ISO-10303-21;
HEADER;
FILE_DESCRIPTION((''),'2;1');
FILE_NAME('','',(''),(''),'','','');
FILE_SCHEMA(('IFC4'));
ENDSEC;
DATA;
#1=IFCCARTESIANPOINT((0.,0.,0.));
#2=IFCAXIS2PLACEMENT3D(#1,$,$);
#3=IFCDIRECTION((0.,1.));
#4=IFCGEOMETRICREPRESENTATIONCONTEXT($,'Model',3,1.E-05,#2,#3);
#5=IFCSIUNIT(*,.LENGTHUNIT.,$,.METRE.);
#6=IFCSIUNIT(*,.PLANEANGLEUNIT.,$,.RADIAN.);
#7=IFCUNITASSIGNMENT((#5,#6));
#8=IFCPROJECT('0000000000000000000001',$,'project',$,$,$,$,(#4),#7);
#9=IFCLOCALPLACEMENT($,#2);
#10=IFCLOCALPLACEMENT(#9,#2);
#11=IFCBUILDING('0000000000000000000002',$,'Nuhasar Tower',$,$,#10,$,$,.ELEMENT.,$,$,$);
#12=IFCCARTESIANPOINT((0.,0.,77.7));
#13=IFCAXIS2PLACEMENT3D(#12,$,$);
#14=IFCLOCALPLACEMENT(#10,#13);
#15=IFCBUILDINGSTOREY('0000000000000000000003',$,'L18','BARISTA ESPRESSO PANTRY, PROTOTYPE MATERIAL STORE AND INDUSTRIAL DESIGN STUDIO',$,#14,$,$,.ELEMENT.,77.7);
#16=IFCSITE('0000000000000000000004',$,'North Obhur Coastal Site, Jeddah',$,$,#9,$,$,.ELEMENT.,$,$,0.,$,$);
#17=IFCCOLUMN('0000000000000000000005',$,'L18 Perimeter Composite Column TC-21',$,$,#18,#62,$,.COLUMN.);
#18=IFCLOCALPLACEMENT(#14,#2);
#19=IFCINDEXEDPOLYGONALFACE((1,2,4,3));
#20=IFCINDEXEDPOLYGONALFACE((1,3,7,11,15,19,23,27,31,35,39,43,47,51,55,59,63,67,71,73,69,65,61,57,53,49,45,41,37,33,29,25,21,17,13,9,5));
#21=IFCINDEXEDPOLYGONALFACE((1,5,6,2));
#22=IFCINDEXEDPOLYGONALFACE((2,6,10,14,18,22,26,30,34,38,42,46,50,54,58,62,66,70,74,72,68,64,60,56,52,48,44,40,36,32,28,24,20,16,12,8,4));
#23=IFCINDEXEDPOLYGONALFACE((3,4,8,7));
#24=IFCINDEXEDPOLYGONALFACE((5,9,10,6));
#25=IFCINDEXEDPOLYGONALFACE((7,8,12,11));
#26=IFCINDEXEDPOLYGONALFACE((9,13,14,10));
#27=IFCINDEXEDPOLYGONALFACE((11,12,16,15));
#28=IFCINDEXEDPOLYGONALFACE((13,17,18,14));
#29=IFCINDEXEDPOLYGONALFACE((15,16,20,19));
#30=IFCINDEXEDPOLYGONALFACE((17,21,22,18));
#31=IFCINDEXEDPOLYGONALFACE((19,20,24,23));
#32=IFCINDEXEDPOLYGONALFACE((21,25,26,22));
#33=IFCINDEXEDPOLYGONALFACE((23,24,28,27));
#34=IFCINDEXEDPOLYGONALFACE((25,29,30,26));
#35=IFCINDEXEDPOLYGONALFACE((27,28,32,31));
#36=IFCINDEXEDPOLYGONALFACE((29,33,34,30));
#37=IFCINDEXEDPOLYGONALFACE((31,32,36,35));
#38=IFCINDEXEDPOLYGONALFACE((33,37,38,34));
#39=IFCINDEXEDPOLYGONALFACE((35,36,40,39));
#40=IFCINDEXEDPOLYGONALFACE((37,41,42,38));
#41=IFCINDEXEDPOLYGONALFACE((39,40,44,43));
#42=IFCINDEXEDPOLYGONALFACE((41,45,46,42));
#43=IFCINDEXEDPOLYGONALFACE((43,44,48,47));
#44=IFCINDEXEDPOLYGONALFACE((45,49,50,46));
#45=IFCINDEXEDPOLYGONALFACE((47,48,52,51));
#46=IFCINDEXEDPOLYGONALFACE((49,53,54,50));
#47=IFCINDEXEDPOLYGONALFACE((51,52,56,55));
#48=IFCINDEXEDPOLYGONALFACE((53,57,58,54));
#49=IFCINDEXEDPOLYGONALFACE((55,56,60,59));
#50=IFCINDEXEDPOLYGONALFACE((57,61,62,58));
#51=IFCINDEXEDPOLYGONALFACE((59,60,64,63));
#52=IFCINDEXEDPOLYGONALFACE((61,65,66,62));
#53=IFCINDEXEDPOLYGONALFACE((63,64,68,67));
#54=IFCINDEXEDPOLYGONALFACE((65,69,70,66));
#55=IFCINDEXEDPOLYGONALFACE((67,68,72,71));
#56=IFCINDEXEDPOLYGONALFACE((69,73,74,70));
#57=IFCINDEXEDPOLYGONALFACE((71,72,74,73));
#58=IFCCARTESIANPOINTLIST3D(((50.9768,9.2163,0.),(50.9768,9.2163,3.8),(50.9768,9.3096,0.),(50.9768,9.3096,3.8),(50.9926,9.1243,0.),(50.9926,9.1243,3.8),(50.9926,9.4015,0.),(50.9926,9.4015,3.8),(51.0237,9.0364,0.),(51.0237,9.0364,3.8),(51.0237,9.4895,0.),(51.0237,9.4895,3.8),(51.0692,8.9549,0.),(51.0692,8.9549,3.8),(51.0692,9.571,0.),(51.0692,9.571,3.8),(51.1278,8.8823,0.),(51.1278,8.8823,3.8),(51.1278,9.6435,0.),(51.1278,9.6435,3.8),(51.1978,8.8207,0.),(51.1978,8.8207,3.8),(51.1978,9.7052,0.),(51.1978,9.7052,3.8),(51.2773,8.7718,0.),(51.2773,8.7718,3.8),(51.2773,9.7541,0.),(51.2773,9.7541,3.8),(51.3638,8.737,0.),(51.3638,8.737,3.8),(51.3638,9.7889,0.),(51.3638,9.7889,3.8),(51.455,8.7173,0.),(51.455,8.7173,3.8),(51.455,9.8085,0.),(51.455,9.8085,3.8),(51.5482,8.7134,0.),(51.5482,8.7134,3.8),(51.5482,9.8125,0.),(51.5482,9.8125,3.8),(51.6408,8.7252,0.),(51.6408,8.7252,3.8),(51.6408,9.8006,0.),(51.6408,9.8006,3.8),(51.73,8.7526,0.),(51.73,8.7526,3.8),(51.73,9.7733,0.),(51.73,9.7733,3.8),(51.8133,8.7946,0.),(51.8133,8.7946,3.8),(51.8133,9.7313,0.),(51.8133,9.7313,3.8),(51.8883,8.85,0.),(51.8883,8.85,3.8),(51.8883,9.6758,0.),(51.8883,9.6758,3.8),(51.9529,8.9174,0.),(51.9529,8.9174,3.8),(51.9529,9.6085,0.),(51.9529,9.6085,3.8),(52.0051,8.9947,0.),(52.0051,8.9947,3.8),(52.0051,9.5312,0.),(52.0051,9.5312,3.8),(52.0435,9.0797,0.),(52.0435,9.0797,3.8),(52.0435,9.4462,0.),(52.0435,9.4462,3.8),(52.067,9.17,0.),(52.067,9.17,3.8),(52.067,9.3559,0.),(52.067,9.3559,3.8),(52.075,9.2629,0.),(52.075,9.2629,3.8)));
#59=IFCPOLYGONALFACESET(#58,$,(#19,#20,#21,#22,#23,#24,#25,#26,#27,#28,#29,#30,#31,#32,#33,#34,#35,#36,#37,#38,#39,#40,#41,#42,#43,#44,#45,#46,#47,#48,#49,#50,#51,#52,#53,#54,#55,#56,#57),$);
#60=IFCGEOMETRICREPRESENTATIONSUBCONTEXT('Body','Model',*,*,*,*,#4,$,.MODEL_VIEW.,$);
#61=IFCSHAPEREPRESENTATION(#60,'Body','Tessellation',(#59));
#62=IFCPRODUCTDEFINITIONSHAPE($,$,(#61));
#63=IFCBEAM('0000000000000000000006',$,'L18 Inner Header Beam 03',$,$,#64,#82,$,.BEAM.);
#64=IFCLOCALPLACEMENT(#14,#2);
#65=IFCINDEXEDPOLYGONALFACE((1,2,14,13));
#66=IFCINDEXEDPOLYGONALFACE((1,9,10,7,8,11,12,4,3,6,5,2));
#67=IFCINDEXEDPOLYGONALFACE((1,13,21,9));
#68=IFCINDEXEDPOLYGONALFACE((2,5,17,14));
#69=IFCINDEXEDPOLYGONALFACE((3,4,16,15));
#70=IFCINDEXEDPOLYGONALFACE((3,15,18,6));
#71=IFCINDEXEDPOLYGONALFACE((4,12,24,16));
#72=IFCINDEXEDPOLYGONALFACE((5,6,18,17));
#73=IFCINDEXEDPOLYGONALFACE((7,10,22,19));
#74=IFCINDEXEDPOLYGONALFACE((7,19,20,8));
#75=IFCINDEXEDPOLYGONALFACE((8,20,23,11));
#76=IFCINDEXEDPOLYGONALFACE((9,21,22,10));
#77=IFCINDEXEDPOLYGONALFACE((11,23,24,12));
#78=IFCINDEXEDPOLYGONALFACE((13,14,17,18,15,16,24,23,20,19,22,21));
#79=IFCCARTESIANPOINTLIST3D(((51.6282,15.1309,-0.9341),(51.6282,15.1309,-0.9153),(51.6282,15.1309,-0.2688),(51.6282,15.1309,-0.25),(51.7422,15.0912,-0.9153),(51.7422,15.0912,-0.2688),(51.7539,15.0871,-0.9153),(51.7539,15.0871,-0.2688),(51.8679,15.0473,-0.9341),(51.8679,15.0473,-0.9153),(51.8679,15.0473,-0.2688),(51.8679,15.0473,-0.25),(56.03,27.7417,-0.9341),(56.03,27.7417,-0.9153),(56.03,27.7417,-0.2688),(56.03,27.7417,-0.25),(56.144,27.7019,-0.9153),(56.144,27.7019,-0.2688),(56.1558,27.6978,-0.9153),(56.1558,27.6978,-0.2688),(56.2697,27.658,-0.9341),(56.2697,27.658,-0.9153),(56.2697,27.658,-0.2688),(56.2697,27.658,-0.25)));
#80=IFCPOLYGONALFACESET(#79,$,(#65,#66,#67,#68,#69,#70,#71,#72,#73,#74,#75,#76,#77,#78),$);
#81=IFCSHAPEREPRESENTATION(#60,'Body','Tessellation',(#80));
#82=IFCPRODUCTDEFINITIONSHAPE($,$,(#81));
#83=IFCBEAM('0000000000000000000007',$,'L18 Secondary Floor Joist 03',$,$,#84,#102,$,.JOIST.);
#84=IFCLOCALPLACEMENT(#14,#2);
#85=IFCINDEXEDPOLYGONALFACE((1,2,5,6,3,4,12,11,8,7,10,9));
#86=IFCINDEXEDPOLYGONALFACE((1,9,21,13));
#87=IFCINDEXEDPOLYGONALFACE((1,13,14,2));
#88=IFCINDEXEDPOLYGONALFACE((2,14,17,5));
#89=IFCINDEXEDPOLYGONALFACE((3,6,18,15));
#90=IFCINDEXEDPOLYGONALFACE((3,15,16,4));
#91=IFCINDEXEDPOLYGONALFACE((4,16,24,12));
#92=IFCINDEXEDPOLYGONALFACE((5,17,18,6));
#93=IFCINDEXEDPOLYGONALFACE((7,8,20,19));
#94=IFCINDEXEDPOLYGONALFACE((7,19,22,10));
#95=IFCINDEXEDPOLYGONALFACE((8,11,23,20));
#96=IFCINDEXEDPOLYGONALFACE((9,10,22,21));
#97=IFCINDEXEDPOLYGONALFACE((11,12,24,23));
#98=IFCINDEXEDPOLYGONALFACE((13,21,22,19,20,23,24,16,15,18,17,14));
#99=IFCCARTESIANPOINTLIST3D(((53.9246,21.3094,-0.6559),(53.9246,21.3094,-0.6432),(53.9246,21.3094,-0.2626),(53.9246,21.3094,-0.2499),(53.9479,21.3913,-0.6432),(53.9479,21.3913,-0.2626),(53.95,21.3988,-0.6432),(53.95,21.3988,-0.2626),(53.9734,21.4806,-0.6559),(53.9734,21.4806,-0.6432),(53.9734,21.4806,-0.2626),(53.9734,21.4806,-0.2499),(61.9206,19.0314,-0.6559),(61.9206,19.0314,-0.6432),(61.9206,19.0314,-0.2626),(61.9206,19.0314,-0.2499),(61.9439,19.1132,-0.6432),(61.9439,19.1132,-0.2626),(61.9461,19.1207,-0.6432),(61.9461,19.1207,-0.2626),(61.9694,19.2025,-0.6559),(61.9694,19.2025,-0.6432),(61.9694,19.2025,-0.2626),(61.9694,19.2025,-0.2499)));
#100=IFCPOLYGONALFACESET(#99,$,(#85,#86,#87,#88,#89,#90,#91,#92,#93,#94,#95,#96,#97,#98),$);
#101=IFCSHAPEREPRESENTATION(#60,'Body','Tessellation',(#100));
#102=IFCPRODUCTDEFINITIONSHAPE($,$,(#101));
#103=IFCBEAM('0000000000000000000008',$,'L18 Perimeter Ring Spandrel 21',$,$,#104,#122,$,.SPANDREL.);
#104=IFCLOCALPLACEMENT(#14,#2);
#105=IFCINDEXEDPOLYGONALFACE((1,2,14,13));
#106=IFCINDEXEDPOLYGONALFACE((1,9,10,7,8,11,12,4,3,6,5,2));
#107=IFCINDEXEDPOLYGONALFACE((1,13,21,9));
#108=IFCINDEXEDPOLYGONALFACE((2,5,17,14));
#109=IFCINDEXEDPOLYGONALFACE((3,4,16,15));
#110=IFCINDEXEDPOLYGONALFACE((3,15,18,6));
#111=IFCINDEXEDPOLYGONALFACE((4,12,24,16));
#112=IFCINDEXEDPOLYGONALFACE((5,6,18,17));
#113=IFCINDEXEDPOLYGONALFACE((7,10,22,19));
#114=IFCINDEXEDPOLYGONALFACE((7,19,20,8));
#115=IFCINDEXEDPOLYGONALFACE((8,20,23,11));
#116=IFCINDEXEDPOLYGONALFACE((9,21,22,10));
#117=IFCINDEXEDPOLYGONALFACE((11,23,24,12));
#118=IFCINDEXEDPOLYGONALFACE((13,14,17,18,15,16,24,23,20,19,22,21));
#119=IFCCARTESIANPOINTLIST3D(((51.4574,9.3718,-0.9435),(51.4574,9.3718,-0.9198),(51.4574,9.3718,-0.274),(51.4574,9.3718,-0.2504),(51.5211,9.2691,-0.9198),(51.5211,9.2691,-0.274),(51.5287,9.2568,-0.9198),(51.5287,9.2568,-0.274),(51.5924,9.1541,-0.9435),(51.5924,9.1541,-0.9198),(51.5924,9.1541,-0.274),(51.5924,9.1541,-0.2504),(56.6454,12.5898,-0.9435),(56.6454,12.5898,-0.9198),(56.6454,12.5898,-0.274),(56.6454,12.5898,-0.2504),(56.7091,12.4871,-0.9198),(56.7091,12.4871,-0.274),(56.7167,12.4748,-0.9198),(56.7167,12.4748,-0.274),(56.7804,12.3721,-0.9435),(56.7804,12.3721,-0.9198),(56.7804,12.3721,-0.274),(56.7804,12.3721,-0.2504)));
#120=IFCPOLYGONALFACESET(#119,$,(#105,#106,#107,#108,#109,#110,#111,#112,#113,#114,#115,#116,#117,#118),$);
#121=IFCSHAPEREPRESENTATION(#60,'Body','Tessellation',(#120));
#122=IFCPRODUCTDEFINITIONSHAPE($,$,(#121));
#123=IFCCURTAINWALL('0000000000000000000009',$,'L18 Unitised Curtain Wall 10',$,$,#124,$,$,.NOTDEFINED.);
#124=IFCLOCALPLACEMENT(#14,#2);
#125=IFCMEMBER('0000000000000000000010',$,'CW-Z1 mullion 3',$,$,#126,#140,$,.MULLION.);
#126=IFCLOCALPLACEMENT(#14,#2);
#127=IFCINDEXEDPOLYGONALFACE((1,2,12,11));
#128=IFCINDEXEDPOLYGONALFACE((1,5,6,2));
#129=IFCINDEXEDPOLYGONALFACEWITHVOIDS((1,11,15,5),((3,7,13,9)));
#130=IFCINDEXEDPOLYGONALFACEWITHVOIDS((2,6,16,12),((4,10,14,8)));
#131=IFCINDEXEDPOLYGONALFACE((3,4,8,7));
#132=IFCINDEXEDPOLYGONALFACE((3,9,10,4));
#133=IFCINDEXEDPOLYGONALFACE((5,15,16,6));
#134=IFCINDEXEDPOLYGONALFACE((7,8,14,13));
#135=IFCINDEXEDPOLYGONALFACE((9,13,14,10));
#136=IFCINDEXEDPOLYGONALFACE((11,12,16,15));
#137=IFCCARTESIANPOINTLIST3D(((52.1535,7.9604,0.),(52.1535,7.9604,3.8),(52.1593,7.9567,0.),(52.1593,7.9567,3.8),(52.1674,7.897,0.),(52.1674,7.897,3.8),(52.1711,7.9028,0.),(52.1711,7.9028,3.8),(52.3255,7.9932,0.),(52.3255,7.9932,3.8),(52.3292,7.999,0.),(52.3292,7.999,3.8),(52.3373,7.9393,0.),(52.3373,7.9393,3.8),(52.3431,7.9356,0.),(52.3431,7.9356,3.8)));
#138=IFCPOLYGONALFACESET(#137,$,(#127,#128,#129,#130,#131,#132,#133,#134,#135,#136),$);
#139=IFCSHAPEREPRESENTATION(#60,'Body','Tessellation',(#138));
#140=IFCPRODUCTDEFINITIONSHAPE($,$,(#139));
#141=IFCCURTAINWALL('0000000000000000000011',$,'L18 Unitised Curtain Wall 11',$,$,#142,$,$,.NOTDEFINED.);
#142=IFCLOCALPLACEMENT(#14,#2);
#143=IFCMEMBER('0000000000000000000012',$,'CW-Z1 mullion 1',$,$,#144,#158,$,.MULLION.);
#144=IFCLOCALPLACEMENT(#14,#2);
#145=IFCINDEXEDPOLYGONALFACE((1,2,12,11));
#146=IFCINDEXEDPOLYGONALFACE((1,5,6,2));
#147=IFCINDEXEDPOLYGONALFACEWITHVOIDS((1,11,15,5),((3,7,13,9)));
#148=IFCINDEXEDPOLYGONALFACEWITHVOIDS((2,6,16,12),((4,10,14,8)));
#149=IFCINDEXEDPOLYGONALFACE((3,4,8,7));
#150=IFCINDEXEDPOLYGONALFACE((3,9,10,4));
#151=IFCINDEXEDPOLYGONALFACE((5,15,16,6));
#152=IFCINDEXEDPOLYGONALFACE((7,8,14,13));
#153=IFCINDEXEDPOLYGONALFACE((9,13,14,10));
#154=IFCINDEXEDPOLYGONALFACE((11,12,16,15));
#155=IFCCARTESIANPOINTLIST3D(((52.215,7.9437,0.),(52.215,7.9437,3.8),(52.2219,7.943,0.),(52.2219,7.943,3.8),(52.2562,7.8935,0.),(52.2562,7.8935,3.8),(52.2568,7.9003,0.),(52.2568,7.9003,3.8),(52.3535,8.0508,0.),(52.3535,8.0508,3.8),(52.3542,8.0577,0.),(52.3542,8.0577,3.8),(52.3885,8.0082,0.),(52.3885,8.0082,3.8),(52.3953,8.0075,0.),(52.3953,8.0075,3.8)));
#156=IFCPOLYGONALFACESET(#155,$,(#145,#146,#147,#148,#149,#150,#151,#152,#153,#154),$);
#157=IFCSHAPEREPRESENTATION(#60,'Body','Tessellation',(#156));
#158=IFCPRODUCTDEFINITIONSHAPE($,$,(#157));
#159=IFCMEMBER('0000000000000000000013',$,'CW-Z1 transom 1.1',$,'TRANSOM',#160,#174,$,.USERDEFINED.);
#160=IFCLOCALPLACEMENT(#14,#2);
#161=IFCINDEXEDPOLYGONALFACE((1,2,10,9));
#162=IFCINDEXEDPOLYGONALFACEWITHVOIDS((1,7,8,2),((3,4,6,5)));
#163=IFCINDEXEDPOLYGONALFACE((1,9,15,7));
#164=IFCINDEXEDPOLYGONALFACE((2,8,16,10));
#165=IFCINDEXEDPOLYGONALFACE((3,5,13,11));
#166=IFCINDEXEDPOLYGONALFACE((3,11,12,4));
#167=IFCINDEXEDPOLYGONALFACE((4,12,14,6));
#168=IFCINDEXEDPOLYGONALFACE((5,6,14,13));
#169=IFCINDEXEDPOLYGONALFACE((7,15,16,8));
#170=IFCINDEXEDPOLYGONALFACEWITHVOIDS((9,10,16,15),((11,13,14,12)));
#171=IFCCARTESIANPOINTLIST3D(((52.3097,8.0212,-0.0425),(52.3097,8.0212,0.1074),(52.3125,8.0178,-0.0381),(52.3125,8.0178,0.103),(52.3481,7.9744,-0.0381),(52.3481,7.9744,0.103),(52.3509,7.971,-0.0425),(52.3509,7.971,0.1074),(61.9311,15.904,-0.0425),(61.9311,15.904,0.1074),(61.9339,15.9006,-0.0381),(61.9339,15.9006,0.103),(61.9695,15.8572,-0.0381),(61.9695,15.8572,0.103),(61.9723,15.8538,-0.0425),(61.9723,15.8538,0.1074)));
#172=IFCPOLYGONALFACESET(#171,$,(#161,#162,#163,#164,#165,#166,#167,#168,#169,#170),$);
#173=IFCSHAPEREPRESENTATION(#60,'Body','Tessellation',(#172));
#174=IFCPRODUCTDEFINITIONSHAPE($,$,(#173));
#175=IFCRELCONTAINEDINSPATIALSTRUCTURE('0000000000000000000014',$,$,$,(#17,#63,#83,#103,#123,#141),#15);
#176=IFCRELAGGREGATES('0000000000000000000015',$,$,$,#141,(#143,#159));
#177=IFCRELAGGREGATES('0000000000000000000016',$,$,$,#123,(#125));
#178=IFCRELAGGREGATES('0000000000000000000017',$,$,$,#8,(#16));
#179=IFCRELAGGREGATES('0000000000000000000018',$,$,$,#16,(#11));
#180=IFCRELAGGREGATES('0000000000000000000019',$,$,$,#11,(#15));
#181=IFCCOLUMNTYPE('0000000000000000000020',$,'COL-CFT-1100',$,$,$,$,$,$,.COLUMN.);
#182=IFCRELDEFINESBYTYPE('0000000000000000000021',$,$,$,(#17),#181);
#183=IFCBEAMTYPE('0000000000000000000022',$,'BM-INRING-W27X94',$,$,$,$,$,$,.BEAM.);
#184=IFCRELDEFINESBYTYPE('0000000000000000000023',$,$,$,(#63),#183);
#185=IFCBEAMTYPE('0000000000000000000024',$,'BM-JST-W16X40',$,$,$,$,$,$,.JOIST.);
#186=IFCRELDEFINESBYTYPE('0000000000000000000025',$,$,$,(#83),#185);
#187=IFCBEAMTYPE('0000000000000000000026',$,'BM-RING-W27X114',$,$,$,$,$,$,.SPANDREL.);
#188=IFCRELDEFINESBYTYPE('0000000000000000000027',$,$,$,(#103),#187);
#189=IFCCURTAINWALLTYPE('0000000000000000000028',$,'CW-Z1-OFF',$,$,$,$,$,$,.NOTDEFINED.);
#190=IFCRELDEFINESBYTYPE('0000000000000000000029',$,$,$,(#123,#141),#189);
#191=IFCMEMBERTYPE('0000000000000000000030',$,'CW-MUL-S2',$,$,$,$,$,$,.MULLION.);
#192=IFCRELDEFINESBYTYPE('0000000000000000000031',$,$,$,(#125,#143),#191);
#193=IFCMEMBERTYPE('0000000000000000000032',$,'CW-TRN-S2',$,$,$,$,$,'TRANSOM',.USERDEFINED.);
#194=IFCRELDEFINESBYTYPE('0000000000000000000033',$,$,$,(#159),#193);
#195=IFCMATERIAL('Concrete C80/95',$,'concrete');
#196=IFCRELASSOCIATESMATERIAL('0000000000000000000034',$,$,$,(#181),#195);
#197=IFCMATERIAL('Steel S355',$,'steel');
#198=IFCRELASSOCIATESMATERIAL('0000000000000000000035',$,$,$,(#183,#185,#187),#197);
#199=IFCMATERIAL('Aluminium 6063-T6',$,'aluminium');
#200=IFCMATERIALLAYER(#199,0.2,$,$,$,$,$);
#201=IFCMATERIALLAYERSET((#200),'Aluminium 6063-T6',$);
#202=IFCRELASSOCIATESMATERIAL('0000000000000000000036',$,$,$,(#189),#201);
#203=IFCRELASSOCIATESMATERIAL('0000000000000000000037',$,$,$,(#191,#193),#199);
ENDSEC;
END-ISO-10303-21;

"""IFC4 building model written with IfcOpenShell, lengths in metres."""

from ifc_helpers import new_model, si_unit, direction, frame, origin, origin_2d, place, context, subcontext, project, spatial, hollow_rectangle, circle, i_section, extrude, material, layer, layer_set, material_profile, profile_set, type_object, element, aggregate, save


model = new_model("IFC4")

# Units and contexts
model_context = context("Model", 3, precision=1e-05, world=origin(), true_north=direction((0.0, 1.0)))
body_context = subcontext(model_context, "Body", "Model", "MODEL_VIEW")
ifc_project = project(units=[si_unit("LENGTHUNIT", "METRE"), si_unit("PLANEANGLEUNIT", "RADIAN")], contexts=[model_context])

# Site, building, storey
site_placement = place(None, origin())
site = spatial("IfcSite", under=ifc_project, at=site_placement, Name="North Obhur Coastal Site, Jeddah", CompositionType="ELEMENT", RefElevation=0.0)
building_placement = place(site_placement, origin())
building = spatial("IfcBuilding", under=site, at=building_placement, Name="Nuhasar Tower", CompositionType="ELEMENT")
storey_placement = place(building_placement, frame((0.0, 0.0, 77.7)))
storey = spatial("IfcBuildingStorey", under=building, at=storey_placement, Name="L18", Description="BARISTA ESPRESSO PANTRY, PROTOTYPE MATERIAL STORE AND INDUSTRIAL DESIGN STUDIO", CompositionType="ELEMENT", Elevation=77.7)

# Column
ifc_material_1 = material(Name="Concrete C80/95", Category="concrete")
ifc_material_profile_1 = material_profile(ifc_material_1, circle(Radius=0.55, at=origin_2d()), Name="CFT1100")
ifc_profile_set_1 = profile_set([ifc_material_profile_1], Name="Concrete C80/95")
column_type = type_object("IfcColumnType", Name="COL-CFT-1100", PredefinedType="COLUMN", material=ifc_profile_set_1)
column_placement = place(storey_placement, frame((51.5249, 9.2629, 0.0), z_axis=(0.0, 0.0, 1.0), x_axis=(1.0, 0.0, 0.0)))
element("IfcColumn", 1, at=column_placement, inside=storey, type_object=column_type, Name="L18 Perimeter Composite Column TC-21", PredefinedType="COLUMN", context=body_context, shape_type="SweptSolid", body=[
    extrude(circle(Radius=0.55, at=origin_2d()), origin(), (0.0, 0.0, 1.0), 3.8),
])

# Beams
ifc_material_2 = material(Name="Steel S355", Category="steel")
ifc_material_profile_2 = material_profile(ifc_material_2, i_section(OverallWidth=0.2539, OverallDepth=0.6841, WebThickness=0.0125, FlangeThickness=0.0188, at=origin_2d()), Name="W27X94")
ifc_profile_set_2 = profile_set([ifc_material_profile_2], Name="Steel S355")
beam_type_1 = type_object("IfcBeamType", Name="BM-INRING-W27X94", PredefinedType="BEAM", material=ifc_profile_set_2)
beam_1_placement = place(storey_placement, frame((51.748, 15.0891, -0.592), z_axis=(0.329554, 0.944137, 0.0), x_axis=(-0.944137, 0.329554, 0.0)))
element("IfcBeam", 2, at=beam_1_placement, inside=storey, type_object=beam_type_1, Name="L18 Inner Header Beam 03", PredefinedType="BEAM", context=body_context, shape_type="SweptSolid", body=[
    extrude(i_section(OverallWidth=0.2539, OverallDepth=0.6841, WebThickness=0.0125, FlangeThickness=0.0188, at=origin_2d()), origin(), (0.0, 0.0, 1.0), 13.3569),
])
ifc_material_profile_3 = material_profile(ifc_material_2, i_section(OverallWidth=0.178, OverallDepth=0.406, WebThickness=0.0078, FlangeThickness=0.0127, at=origin_2d()), Name="W16X40")
ifc_profile_set_3 = profile_set([ifc_material_profile_3], Name="Steel S355")
beam_type_2 = type_object("IfcBeamType", Name="BM-JST-W16X40", PredefinedType="JOIST", material=ifc_profile_set_3)
beam_2_placement = place(storey_placement, frame((53.949, 21.395, -0.4529), z_axis=(0.961731, -0.273996, 0.0), x_axis=(0.273996, 0.961731, 0.0)))
element("IfcBeam", 3, at=beam_2_placement, inside=storey, type_object=beam_type_2, Name="L18 Secondary Floor Joist 03", PredefinedType="JOIST", context=body_context, shape_type="SweptSolid", body=[
    extrude(i_section(OverallWidth=0.178, OverallDepth=0.406, WebThickness=0.0078, FlangeThickness=0.0127, at=origin_2d()), origin(), (0.0, 0.0, 1.0), 8.3142),
])
ifc_material_profile_4 = material_profile(ifc_material_2, i_section(OverallWidth=0.2561, OverallDepth=0.6931, WebThickness=0.0144, FlangeThickness=0.0237, at=origin_2d()), Name="W27X114")
ifc_profile_set_4 = profile_set([ifc_material_profile_4], Name="Steel S355")
beam_type_3 = type_object("IfcBeamType", Name="BM-RING-W27X114", PredefinedType="SPANDREL", material=ifc_profile_set_4)
beam_3_placement = place(storey_placement, frame((51.5249, 9.2629, -0.5969), z_axis=(0.849795, 0.527113, 0.0), x_axis=(-0.527113, 0.849795, 0.0)))
element("IfcBeam", 4, at=beam_3_placement, inside=storey, type_object=beam_type_3, Name="L18 Perimeter Ring Spandrel 21", PredefinedType="SPANDREL", context=body_context, shape_type="SweptSolid", body=[
    extrude(i_section(OverallWidth=0.2561, OverallDepth=0.6931, WebThickness=0.0144, FlangeThickness=0.0237, at=origin_2d()), origin(), (0.0, 0.0, 1.0), 6.105),
])

# Curtain wall, member
ifc_material_3 = material(Name="Aluminium 6063-T6", Category="aluminium")
ifc_layer_1 = layer(ifc_material_3, 0.2)
ifc_layer_set_1 = layer_set([ifc_layer_1], Name="Aluminium 6063-T6")
curtain_wall_type = type_object("IfcCurtainWallType", Name="CW-Z1-OFF", PredefinedType="NOTDEFINED", material=ifc_layer_set_1)
curtain_wall_1_placement = place(storey_placement, origin())
curtain_wall_1 = element("IfcCurtainWall", 5, at=curtain_wall_1_placement, inside=storey, type_object=curtain_wall_type, Name="L18 Unitised Curtain Wall 10", PredefinedType="NOTDEFINED")
ifc_material_profile_5 = material_profile(ifc_material_3, hollow_rectangle(XDim=0.0649, YDim=0.1799, WallThickness=0.0049, at=origin_2d()), Name="CWM-2")
ifc_profile_set_5 = profile_set([ifc_material_profile_5], Name="Aluminium 6063-T6")
member_type_1 = type_object("IfcMemberType", Name="CW-MUL-S2", PredefinedType="MULLION", material=ifc_profile_set_5)
member_1_placement = place(storey_placement, frame((52.2483, 7.948, 0.0), z_axis=(0.0, 0.0, 1.0), x_axis=(-0.214399, 0.976746, 0.0)))
member_1 = element("IfcMember", 6, at=member_1_placement, type_object=member_type_1, Name="CW-Z1 mullion 3", PredefinedType="MULLION", context=body_context, shape_type="SweptSolid", body=[
    extrude(hollow_rectangle(XDim=0.0649, YDim=0.1799, WallThickness=0.0049, at=origin_2d()), origin(), (0.0, 0.0, 1.0), 3.8),
])

# Curtain wall, members
curtain_wall_2_placement = place(storey_placement, origin())
curtain_wall_2 = element("IfcCurtainWall", 7, at=curtain_wall_2_placement, inside=storey, type_object=curtain_wall_type, Name="L18 Unitised Curtain Wall 11", PredefinedType="NOTDEFINED")
member_2_placement = place(storey_placement, frame((52.3052, 7.9756, 0.0), z_axis=(0.0, 0.0, 1.0), x_axis=(-0.633745, 0.773542, 0.0)))
member_2 = element("IfcMember", 8, at=member_2_placement, type_object=member_type_1, Name="CW-Z1 mullion 1", PredefinedType="MULLION", context=body_context, shape_type="SweptSolid", body=[
    extrude(hollow_rectangle(XDim=0.0649, YDim=0.1799, WallThickness=0.0049, at=origin_2d()), origin(), (0.0, 0.0, 1.0), 3.8),
])
ifc_material_profile_6 = material_profile(ifc_material_3, hollow_rectangle(XDim=0.0649, YDim=0.1499, WallThickness=0.0044, at=origin_2d()), Name="CWT-2")
ifc_profile_set_6 = profile_set([ifc_material_profile_6], Name="Aluminium 6063-T6")
member_type_2 = type_object("IfcMemberType", Name="CW-TRN-S2", ElementType="TRANSOM", PredefinedType="USERDEFINED", material=ifc_profile_set_6)
member_3_placement = place(storey_placement, frame((52.3303, 7.9961, 0.0325), z_axis=(0.773531, 0.633758, 0.0), x_axis=(-0.633758, 0.773531, 0.0)))
member_3 = element("IfcMember", 9, at=member_3_placement, type_object=member_type_2, Name="CW-Z1 transom 1.1", ObjectType="TRANSOM", PredefinedType="USERDEFINED", context=body_context, shape_type="SweptSolid", body=[
    extrude(hollow_rectangle(XDim=0.0649, YDim=0.1499, WallThickness=0.0044, at=origin_2d()), origin(), (0.0, 0.0, 1.0), 12.4382),
])
aggregate(curtain_wall_2, [member_2, member_3])

aggregate(curtain_wall_1, [member_1])

save(model, "model.ifc")
